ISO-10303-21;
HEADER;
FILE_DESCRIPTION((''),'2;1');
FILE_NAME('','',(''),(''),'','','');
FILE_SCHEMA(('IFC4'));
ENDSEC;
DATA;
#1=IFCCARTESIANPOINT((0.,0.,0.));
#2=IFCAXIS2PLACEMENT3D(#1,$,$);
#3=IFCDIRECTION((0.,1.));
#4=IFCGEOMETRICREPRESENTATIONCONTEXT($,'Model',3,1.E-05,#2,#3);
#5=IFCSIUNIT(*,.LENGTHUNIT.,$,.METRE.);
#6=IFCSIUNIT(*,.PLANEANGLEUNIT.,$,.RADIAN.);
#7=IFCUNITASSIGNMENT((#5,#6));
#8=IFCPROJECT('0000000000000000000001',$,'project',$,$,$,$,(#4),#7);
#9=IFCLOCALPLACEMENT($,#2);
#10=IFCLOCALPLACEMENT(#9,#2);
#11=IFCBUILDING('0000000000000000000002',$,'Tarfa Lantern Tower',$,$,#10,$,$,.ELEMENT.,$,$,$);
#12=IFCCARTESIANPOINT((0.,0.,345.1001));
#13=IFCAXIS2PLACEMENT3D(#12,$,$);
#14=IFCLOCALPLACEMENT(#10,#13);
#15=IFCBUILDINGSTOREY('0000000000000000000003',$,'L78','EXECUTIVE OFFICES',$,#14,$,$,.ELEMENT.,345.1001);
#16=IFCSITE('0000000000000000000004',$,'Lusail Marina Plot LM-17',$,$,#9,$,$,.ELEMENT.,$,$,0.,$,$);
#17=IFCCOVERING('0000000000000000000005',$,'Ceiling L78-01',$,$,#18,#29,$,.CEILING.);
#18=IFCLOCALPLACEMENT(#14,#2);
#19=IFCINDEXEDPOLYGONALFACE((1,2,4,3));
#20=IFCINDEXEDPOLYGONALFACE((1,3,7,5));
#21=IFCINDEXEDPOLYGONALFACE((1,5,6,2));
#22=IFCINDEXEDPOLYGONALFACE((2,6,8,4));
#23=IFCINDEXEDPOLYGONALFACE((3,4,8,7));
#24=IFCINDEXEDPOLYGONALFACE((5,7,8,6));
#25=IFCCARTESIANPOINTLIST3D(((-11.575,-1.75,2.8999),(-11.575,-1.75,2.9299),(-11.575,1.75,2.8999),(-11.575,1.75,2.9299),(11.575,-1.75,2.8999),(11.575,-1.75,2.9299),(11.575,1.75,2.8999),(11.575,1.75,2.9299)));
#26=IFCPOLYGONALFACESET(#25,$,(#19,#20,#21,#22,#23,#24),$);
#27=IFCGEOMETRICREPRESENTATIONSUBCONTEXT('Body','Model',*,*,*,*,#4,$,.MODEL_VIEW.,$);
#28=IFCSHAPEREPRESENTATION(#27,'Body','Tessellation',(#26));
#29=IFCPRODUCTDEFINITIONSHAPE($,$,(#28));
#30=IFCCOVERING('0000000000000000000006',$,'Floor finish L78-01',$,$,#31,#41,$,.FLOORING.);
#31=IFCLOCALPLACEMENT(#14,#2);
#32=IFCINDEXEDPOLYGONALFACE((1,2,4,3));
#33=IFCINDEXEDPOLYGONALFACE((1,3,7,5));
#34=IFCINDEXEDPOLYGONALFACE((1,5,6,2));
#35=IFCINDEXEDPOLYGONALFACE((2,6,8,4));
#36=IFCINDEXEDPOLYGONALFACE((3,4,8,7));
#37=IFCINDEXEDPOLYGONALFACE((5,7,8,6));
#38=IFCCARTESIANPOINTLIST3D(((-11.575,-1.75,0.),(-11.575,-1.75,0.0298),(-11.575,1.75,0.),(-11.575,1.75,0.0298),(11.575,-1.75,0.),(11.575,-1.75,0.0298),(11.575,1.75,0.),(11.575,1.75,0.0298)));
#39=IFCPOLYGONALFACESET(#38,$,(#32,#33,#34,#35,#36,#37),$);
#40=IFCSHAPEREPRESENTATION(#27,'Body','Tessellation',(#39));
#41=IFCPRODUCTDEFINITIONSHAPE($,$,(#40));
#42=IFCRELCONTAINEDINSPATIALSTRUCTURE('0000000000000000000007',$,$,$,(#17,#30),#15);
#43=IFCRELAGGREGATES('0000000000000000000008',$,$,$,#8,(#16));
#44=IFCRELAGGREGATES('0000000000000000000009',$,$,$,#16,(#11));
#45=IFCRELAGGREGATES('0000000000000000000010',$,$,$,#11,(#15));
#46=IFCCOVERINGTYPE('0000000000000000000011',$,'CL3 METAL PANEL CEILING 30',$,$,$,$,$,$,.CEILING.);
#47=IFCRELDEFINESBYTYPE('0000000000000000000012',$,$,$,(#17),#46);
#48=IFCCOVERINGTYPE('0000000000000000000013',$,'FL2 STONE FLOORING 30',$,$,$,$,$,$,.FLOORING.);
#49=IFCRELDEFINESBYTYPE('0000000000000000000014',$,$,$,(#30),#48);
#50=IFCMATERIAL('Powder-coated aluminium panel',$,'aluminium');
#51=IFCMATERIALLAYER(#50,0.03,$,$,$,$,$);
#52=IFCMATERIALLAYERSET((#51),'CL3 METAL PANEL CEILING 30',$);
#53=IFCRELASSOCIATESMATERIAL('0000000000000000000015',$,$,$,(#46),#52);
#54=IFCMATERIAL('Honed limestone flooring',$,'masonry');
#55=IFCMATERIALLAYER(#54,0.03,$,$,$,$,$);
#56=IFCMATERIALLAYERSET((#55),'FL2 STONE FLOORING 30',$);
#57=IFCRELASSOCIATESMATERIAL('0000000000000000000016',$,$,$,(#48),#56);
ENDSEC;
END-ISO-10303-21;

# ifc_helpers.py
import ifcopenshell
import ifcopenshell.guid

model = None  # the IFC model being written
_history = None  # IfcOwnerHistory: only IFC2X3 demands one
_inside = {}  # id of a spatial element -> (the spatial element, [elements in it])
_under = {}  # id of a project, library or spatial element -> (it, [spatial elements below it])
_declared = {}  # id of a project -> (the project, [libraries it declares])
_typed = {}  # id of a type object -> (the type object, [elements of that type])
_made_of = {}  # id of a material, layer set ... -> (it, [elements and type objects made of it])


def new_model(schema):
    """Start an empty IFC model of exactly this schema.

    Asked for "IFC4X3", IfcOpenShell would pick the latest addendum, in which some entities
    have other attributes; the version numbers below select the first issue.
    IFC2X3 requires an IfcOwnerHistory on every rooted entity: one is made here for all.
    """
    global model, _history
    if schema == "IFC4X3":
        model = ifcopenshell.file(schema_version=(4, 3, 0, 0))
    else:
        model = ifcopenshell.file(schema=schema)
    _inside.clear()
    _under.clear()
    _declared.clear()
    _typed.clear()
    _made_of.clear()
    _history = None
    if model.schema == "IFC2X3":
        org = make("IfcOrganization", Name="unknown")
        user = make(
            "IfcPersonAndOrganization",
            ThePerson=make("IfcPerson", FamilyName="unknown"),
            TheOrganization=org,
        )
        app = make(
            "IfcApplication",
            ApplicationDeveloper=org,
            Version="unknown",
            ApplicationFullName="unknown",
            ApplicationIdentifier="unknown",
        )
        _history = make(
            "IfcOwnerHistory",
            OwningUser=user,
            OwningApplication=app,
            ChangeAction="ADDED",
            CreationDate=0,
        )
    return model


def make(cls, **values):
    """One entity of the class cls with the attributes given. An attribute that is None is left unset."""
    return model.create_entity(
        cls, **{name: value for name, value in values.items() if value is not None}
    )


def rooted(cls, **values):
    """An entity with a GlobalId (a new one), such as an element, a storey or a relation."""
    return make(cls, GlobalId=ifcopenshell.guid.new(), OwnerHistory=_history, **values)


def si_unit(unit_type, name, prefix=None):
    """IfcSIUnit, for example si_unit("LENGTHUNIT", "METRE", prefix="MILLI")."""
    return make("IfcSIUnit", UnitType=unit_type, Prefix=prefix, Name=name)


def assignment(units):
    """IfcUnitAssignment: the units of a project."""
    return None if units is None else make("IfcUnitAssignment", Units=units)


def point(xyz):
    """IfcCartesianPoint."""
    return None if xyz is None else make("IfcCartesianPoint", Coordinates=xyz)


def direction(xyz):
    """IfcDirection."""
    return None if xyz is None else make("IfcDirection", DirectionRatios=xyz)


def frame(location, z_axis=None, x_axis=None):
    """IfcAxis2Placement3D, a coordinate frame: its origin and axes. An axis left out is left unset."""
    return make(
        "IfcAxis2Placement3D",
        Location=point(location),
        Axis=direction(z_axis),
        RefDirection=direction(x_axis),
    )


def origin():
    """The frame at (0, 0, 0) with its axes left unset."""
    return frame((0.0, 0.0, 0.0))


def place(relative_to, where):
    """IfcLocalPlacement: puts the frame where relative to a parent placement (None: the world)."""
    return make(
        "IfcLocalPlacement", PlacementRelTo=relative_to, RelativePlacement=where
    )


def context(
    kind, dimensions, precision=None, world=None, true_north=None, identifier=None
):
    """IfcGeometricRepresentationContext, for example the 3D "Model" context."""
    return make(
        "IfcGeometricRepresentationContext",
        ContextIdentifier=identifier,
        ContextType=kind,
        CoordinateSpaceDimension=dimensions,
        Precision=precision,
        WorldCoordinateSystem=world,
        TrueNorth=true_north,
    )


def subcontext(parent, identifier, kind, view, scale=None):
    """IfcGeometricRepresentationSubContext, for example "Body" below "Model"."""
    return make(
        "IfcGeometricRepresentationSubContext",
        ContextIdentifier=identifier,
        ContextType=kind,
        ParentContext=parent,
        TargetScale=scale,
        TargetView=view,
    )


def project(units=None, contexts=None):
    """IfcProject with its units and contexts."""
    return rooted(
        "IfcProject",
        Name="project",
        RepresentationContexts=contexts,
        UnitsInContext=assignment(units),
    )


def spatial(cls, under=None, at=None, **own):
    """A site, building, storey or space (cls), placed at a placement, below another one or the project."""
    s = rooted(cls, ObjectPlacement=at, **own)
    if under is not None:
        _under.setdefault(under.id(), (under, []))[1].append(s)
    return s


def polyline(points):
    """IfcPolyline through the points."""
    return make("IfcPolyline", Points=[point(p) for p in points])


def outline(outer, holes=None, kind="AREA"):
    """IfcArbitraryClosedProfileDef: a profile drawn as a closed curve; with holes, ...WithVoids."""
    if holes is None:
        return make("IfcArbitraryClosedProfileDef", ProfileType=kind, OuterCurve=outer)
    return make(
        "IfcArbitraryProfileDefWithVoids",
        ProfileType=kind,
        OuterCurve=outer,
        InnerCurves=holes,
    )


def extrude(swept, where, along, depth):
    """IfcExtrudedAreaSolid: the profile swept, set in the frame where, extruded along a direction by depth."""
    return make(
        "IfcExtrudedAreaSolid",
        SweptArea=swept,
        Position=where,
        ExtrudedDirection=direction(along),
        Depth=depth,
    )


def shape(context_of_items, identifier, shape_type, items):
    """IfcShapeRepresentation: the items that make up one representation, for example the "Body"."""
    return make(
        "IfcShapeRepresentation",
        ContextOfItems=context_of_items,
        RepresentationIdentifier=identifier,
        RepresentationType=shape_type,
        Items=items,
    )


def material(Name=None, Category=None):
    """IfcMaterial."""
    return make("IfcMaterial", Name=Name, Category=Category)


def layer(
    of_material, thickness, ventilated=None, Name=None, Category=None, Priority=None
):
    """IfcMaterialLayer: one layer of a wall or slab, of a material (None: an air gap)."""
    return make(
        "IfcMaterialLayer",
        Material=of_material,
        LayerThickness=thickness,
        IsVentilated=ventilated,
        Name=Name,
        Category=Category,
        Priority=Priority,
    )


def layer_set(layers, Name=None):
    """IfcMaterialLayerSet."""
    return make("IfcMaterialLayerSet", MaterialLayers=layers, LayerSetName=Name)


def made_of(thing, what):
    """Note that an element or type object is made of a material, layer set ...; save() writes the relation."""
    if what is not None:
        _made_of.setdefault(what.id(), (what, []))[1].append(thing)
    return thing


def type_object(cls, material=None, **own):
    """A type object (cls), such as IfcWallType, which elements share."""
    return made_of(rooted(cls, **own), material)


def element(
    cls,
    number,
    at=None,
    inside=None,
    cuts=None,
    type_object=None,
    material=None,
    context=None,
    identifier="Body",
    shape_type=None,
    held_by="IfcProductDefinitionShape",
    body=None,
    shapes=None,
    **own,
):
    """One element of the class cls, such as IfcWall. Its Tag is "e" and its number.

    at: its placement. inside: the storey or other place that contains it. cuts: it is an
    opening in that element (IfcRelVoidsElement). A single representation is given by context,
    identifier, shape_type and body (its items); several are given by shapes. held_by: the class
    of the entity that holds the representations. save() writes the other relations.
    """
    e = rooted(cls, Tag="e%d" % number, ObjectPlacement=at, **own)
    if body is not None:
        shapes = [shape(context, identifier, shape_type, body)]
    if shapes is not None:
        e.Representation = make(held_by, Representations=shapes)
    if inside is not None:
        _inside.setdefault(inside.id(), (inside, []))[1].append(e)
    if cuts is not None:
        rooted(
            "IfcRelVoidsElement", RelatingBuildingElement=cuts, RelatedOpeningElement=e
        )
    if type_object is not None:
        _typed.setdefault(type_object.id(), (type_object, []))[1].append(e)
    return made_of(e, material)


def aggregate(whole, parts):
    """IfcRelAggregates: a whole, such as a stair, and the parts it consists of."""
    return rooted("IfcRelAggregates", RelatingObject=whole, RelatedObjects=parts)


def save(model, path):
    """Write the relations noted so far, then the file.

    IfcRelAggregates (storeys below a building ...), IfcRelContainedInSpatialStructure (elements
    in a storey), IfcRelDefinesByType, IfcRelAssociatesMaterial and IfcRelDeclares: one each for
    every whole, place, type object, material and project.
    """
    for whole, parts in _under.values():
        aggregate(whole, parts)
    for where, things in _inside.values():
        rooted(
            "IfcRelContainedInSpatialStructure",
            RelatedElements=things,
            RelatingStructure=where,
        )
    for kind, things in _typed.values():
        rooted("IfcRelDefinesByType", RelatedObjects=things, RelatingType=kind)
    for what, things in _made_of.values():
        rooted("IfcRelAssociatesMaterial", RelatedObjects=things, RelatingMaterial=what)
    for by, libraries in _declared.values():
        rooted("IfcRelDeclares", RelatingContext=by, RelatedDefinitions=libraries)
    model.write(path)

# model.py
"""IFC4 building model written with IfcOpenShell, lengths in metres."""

from ifc_helpers import new_model, si_unit, direction, frame, origin, place, context, subcontext, project, spatial, polyline, outline, extrude, material, layer, layer_set, type_object, element, save


model = new_model("IFC4")

# Units and contexts
model_context = context("Model", 3, precision=1e-05, world=origin(), true_north=direction((0.0, 1.0)))
body_context = subcontext(model_context, "Body", "Model", "MODEL_VIEW")
ifc_project = project(units=[si_unit("LENGTHUNIT", "METRE"), si_unit("PLANEANGLEUNIT", "RADIAN")], contexts=[model_context])

# Site, building, storey
site_placement = place(None, origin())
site = spatial("IfcSite", under=ifc_project, at=site_placement, Name="Lusail Marina Plot LM-17", CompositionType="ELEMENT", RefElevation=0.0)
building_placement = place(site_placement, origin())
building = spatial("IfcBuilding", under=site, at=building_placement, Name="Tarfa Lantern Tower", CompositionType="ELEMENT")
storey_placement = place(building_placement, frame((0.0, 0.0, 345.1001)))
storey = spatial("IfcBuildingStorey", under=building, at=storey_placement, Name="L78", Description="EXECUTIVE OFFICES", CompositionType="ELEMENT", Elevation=345.1001)

# Coverings
ifc_material_1 = material(Name="Powder-coated aluminium panel", Category="aluminium")
ifc_layer_1 = layer(ifc_material_1, 0.03)
ifc_layer_set_1 = layer_set([ifc_layer_1], Name="CL3 METAL PANEL CEILING 30")
covering_type_1 = type_object("IfcCoveringType", Name="CL3 METAL PANEL CEILING 30", PredefinedType="CEILING", material=ifc_layer_set_1)
covering_1_placement = place(storey_placement, frame((0.0, 0.0, 2.8999)))
element("IfcCovering", 1, at=covering_1_placement, inside=storey, type_object=covering_type_1, Name="Ceiling L78-01", PredefinedType="CEILING", context=body_context, shape_type="SweptSolid", body=[
    extrude(outline(polyline([(-11.575, -1.75), (11.575, -1.75), (11.575, 1.75), (-11.575, 1.75), (-11.575, -1.75)])), origin(), (0.0, 0.0, 1.0), 0.03),
])
ifc_material_2 = material(Name="Honed limestone flooring", Category="masonry")
ifc_layer_2 = layer(ifc_material_2, 0.03)
ifc_layer_set_2 = layer_set([ifc_layer_2], Name="FL2 STONE FLOORING 30")
covering_type_2 = type_object("IfcCoveringType", Name="FL2 STONE FLOORING 30", PredefinedType="FLOORING", material=ifc_layer_set_2)
covering_2_placement = place(storey_placement, origin())
element("IfcCovering", 2, at=covering_2_placement, inside=storey, type_object=covering_type_2, Name="Floor finish L78-01", PredefinedType="FLOORING", context=body_context, shape_type="SweptSolid", body=[
    extrude(outline(polyline([(-11.575, -1.75), (11.575, -1.75), (11.575, 1.75), (-11.575, 1.75), (-11.575, -1.75)])), origin(), (0.0, 0.0, 1.0), 0.0298),
])

save(model, "model.ifc")
